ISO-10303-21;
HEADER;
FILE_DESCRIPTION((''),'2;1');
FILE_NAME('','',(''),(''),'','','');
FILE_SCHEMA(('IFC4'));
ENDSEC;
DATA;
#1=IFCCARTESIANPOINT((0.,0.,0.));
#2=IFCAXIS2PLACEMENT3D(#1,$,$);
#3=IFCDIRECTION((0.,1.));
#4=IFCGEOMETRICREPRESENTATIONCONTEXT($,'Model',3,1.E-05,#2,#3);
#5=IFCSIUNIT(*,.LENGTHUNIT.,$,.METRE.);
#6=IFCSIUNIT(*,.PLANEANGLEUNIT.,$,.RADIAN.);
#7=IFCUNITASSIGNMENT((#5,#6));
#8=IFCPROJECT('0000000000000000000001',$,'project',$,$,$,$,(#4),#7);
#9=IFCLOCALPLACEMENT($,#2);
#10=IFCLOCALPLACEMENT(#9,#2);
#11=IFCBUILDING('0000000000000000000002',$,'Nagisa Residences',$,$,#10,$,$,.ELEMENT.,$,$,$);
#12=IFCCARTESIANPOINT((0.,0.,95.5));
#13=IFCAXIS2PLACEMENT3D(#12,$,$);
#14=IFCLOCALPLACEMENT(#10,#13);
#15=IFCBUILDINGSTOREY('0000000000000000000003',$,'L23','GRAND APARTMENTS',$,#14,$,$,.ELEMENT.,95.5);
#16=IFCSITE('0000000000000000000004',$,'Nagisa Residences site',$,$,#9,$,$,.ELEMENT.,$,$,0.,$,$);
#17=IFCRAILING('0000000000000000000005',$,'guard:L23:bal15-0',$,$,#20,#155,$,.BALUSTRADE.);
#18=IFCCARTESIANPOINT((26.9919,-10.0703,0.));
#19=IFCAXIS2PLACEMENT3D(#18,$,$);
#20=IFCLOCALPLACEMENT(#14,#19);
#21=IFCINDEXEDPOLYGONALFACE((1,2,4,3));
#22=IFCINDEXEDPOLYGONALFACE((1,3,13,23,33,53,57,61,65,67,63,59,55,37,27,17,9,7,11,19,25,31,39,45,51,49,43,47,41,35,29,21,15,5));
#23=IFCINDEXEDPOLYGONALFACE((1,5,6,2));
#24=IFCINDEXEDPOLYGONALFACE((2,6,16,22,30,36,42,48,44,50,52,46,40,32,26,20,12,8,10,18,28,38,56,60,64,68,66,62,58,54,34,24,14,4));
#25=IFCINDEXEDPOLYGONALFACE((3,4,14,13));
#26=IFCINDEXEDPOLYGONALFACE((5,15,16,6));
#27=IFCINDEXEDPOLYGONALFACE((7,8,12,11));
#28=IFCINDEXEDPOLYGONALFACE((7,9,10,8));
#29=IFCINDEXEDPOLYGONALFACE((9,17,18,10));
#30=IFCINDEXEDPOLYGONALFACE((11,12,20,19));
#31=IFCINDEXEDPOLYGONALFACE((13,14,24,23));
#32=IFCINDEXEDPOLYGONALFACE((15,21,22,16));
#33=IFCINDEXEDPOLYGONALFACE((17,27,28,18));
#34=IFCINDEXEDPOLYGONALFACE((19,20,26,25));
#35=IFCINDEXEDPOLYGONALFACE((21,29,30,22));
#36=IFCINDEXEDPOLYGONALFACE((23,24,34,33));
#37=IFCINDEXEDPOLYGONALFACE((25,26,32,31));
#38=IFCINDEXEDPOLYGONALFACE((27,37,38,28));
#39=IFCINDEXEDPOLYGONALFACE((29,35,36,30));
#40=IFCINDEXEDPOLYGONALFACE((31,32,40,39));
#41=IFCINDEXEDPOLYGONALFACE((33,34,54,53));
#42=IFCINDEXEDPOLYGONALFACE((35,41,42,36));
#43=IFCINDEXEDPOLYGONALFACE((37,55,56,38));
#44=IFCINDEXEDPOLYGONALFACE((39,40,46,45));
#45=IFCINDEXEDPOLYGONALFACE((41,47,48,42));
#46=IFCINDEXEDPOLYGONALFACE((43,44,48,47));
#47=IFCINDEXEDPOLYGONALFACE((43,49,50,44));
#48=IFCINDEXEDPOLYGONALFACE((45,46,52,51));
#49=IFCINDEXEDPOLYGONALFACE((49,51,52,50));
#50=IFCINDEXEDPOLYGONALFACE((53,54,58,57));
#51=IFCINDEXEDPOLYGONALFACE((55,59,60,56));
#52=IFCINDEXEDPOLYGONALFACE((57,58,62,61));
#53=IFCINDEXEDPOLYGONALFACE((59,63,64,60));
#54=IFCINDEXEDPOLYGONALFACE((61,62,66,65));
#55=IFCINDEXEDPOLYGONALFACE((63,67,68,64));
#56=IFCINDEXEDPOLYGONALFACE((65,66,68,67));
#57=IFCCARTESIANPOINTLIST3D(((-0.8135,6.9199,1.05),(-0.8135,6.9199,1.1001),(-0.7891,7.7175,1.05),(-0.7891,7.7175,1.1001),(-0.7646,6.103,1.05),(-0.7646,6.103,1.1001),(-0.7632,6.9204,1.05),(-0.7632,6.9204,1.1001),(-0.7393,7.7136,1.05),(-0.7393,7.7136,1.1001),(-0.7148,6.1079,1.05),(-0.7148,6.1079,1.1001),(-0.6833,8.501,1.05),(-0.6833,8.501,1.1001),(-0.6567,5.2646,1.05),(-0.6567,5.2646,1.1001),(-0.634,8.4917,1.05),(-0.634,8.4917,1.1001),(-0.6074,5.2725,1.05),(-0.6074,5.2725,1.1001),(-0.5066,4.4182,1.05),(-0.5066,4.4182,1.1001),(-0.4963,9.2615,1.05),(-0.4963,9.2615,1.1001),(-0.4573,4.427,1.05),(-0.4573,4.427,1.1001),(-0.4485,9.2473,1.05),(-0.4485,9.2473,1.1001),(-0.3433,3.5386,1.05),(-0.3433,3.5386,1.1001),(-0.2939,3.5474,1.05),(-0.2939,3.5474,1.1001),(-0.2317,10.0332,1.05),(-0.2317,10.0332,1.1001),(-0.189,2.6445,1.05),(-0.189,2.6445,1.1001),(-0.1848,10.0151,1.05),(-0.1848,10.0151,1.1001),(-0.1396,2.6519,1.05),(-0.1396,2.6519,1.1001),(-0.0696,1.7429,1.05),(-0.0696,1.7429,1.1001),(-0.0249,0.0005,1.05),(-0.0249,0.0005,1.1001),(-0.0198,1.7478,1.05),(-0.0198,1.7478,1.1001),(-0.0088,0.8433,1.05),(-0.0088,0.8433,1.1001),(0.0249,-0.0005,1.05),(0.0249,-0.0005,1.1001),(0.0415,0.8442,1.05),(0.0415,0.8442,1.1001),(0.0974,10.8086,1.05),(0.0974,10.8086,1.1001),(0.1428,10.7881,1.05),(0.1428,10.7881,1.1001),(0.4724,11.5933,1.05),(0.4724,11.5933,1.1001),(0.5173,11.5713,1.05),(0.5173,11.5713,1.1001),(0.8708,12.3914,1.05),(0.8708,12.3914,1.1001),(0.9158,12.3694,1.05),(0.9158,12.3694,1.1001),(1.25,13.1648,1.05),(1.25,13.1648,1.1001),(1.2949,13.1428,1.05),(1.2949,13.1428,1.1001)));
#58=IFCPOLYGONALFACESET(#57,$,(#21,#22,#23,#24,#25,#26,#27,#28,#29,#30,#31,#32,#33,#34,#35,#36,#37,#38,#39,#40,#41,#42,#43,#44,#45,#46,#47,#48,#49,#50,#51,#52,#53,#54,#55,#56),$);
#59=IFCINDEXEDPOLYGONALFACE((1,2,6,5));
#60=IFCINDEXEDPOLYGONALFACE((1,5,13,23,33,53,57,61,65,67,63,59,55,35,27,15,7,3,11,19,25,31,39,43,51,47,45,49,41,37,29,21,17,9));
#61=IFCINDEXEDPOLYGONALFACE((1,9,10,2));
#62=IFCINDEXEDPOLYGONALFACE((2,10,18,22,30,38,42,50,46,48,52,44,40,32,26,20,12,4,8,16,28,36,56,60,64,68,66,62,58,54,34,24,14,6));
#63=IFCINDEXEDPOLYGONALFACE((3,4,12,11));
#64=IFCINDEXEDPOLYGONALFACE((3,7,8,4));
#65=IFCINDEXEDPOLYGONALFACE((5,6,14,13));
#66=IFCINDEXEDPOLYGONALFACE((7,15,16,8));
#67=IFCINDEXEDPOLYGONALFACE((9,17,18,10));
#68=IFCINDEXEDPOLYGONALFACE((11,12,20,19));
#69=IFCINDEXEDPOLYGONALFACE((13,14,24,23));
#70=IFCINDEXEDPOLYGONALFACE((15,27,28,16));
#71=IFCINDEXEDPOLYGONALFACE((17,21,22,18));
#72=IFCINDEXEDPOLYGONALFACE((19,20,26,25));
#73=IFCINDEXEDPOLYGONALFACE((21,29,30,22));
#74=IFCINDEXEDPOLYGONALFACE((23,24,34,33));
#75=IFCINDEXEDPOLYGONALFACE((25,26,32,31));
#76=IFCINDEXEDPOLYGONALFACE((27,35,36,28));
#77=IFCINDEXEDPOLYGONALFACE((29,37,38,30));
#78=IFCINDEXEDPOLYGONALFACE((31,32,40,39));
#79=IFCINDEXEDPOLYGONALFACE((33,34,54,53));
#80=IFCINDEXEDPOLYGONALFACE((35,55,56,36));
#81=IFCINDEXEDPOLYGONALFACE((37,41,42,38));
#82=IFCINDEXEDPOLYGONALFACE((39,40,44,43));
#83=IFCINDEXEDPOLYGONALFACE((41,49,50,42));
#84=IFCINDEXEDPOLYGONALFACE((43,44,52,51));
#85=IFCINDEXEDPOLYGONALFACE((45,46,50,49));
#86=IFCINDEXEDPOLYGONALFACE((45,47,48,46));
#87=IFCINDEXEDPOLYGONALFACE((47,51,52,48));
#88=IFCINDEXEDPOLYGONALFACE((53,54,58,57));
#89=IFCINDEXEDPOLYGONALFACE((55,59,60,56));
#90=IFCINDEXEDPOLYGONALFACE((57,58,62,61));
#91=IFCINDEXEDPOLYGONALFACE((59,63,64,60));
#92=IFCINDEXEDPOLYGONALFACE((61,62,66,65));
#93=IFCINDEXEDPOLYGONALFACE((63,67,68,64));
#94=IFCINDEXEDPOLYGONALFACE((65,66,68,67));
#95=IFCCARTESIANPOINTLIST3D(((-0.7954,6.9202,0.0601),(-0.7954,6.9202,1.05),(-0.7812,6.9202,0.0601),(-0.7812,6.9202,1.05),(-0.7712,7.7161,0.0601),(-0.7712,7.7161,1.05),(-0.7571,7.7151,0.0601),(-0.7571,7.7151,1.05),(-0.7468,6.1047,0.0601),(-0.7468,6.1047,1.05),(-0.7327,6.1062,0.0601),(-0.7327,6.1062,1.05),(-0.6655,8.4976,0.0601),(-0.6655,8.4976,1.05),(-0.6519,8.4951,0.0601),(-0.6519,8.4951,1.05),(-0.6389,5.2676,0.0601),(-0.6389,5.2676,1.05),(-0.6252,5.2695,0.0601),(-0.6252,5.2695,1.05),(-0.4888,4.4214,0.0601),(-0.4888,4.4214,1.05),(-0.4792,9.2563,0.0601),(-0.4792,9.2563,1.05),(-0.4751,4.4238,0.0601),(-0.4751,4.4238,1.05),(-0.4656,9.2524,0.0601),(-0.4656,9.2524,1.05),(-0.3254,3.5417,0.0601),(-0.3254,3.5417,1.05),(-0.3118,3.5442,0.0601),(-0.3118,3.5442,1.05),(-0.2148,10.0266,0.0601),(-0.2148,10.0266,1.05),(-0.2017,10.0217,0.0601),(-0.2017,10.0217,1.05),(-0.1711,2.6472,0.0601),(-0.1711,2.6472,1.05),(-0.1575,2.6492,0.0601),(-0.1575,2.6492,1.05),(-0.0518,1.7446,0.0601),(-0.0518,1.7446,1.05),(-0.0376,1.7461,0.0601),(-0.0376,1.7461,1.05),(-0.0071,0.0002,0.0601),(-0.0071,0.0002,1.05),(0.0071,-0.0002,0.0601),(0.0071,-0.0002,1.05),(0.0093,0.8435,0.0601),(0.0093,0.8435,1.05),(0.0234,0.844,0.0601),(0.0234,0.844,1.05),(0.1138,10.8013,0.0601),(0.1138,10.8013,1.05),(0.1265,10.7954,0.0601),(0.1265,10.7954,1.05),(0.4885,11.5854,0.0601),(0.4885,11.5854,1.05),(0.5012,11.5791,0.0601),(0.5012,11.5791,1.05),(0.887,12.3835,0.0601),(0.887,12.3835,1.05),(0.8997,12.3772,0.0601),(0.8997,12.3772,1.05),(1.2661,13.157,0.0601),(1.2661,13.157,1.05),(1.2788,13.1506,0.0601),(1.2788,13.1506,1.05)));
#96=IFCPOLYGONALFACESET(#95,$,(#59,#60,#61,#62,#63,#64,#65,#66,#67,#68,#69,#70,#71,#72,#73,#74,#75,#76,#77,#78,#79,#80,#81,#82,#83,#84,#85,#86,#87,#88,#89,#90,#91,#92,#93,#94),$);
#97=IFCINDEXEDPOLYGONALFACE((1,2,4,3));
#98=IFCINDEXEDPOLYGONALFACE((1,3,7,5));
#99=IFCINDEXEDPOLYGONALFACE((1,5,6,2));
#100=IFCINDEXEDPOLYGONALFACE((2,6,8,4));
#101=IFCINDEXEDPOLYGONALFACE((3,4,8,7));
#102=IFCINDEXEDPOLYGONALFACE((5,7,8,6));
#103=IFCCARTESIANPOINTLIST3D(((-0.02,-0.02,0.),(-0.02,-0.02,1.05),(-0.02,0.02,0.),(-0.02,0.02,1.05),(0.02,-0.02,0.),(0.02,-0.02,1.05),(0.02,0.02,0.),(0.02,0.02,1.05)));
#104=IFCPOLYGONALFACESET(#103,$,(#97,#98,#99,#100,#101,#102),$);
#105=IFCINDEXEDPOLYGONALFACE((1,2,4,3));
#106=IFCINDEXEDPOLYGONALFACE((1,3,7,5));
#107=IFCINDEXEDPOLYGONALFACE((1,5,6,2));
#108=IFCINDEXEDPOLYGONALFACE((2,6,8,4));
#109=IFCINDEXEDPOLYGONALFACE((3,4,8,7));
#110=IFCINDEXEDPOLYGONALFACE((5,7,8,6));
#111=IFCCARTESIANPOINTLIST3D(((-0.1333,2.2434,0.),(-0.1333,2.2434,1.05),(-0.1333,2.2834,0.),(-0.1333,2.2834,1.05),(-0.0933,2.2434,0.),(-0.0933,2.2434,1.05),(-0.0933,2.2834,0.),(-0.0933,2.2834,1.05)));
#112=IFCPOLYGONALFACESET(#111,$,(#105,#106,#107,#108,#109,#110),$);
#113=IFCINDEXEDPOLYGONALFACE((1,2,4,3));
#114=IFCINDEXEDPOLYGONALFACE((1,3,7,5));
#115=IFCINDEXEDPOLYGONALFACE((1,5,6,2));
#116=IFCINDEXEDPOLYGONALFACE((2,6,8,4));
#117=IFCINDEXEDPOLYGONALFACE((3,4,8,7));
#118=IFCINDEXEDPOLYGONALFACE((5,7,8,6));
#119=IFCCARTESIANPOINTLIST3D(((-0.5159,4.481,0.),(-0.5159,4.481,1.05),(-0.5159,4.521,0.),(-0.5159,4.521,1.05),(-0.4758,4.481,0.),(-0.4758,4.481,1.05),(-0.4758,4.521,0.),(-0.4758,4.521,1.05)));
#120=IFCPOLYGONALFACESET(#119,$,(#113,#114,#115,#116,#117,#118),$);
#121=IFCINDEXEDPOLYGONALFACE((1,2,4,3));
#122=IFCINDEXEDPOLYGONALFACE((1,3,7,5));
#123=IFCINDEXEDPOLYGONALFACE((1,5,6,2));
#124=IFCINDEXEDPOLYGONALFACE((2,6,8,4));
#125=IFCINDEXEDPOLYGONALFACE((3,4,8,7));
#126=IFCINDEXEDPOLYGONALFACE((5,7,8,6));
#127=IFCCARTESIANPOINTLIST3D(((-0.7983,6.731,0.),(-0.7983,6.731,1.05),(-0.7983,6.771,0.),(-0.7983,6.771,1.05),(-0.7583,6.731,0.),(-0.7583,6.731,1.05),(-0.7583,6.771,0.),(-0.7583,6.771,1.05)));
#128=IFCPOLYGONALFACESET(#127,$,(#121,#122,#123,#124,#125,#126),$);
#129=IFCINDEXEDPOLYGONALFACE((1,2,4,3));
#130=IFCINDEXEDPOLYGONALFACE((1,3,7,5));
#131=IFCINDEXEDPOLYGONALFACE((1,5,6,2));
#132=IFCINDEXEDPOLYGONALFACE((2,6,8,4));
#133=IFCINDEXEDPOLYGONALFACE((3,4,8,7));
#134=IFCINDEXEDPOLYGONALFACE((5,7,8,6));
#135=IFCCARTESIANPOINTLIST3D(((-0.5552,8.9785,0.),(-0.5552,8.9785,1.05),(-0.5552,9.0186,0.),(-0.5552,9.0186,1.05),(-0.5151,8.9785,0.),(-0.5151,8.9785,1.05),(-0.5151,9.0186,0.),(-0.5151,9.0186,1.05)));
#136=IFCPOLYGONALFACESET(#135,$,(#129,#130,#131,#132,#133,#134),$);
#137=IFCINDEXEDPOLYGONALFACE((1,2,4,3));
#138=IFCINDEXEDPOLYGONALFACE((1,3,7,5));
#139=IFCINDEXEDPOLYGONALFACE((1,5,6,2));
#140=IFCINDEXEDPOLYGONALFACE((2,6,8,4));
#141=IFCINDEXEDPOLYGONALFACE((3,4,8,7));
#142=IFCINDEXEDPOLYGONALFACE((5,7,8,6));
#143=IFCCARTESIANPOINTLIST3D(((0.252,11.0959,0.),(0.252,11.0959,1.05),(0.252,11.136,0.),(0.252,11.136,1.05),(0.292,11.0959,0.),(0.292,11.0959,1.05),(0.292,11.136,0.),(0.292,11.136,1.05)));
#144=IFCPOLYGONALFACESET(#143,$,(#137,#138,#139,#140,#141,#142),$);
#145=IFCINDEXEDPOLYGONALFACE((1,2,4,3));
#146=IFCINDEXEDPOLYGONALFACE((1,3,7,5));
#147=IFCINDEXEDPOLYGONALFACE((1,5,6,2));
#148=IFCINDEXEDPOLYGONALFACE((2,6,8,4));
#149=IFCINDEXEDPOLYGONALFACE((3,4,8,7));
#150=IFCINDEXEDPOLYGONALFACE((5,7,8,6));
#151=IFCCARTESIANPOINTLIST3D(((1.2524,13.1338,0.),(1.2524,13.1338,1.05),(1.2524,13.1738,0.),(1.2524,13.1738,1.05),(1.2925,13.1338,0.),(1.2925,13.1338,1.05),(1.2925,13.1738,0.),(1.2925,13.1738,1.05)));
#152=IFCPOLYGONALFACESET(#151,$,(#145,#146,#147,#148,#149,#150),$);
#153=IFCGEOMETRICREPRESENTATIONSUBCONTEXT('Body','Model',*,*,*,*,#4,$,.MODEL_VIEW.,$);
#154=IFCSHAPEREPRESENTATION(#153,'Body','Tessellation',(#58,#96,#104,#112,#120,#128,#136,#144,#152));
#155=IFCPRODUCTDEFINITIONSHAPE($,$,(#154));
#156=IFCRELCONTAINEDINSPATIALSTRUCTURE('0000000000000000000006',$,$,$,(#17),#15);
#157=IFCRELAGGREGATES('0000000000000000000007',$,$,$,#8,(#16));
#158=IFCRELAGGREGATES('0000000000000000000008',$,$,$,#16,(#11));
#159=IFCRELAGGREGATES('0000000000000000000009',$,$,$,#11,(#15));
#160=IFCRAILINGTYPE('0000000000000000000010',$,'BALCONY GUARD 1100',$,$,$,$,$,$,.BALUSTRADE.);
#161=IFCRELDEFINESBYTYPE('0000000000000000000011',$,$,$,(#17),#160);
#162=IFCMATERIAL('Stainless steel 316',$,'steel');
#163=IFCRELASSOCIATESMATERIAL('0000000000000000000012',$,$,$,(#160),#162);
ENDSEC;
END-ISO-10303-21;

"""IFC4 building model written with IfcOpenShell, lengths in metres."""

from ifc_helpers import new_model, si_unit, direction, frame, origin, origin_2d, place, context, subcontext, project, spatial, polyline, rectangle, outline, extrude, material, type_object, element, save


model = new_model("IFC4")

# Units and contexts
model_context = context("Model", 3, precision=1e-05, world=origin(), true_north=direction((0.0, 1.0)))
body_context = subcontext(model_context, "Body", "Model", "MODEL_VIEW")
ifc_project = project(units=[si_unit("LENGTHUNIT", "METRE"), si_unit("PLANEANGLEUNIT", "RADIAN")], contexts=[model_context])

# Site, building, storey
site_placement = place(None, origin())
site = spatial("IfcSite", under=ifc_project, at=site_placement, Name="Nagisa Residences site", CompositionType="ELEMENT", RefElevation=0.0)
building_placement = place(site_placement, origin())
building = spatial("IfcBuilding", under=site, at=building_placement, Name="Nagisa Residences", CompositionType="ELEMENT")
storey_placement = place(building_placement, frame((0.0, 0.0, 95.5)))
storey = spatial("IfcBuildingStorey", under=building, at=storey_placement, Name="L23", Description="GRAND APARTMENTS", CompositionType="ELEMENT", Elevation=95.5)

# Railing
ifc_material_1 = material(Name="Stainless steel 316", Category="steel")
railing_type = type_object("IfcRailingType", Name="BALCONY GUARD 1100", PredefinedType="BALUSTRADE", material=ifc_material_1)
railing_1_placement = place(storey_placement, frame((26.9919, -10.0703, 0.0)))
element("IfcRailing", 1, at=railing_1_placement, inside=storey, type_object=railing_type, Name="guard:L23:bal15-0", PredefinedType="BALUSTRADE", context=body_context, shape_type="SweptSolid", body=[
    extrude(outline(polyline([(-0.0088, 0.8433), (-0.0249, 0.0005), (0.0249, -0.0005), (0.0415, 0.8442), (-0.0198, 1.7478), (-0.1396, 2.6519), (-0.2939, 3.5474), (-0.4573, 4.427), (-0.6074, 5.2725), (-0.7148, 6.1079), (-0.7632, 6.9204), (-0.7393, 7.7136), (-0.634, 8.4917), (-0.4485, 9.2473), (-0.1848, 10.0151), (0.1428, 10.7881), (0.5173, 11.5713), (0.9158, 12.3694), (1.2949, 13.1428), (1.25, 13.1648), (0.8708, 12.3914), (0.4724, 11.5933), (0.0974, 10.8086), (-0.2317, 10.0332), (-0.4963, 9.2615), (-0.6833, 8.501), (-0.7891, 7.7175), (-0.8135, 6.9199), (-0.7646, 6.103), (-0.6567, 5.2646), (-0.5066, 4.4182), (-0.3433, 3.5386), (-0.189, 2.6445), (-0.0696, 1.7429), (-0.0088, 0.8433)])), frame((0.0, 0.0, 1.05)), (0.0, 0.0, 1.0), 0.05),
    extrude(outline(polyline([(0.0093, 0.8435), (-0.0071, 0.0002), (0.0071, -0.0002), (0.0234, 0.844), (-0.0376, 1.7461), (-0.1575, 2.6492), (-0.3118, 3.5442), (-0.4751, 4.4238), (-0.6252, 5.2695), (-0.7327, 6.1062), (-0.7812, 6.9202), (-0.7571, 7.7151), (-0.6519, 8.4951), (-0.4656, 9.2524), (-0.2017, 10.0217), (0.1265, 10.7954), (0.5012, 11.5791), (0.8997, 12.3772), (1.2788, 13.1506), (1.2661, 13.157), (0.887, 12.3835), (0.4885, 11.5854), (0.1138, 10.8013), (-0.2148, 10.0266), (-0.4792, 9.2563), (-0.6655, 8.4976), (-0.7712, 7.7161), (-0.7954, 6.9202), (-0.7468, 6.1047), (-0.6389, 5.2676), (-0.4888, 4.4214), (-0.3254, 3.5417), (-0.1711, 2.6472), (-0.0518, 1.7446), (0.0093, 0.8435)])), frame((0.0, 0.0, 0.0601)), (0.0, 0.0, 1.0), 0.99),
    extrude(rectangle(XDim=0.04, YDim=0.04, at=origin_2d()), origin(), (0.0, 0.0, 1.0), 1.05),
    extrude(rectangle(XDim=0.04, YDim=0.04, at=origin_2d()), frame((-0.1133, 2.2634, 0.0)), (0.0, 0.0, 1.0), 1.05),
    extrude(rectangle(XDim=0.04, YDim=0.04, at=origin_2d()), frame((-0.4958, 4.501, 0.0)), (0.0, 0.0, 1.0), 1.05),
    extrude(rectangle(XDim=0.04, YDim=0.04, at=origin_2d()), frame((-0.7783, 6.751, 0.0)), (0.0, 0.0, 1.0), 1.05),
    extrude(rectangle(XDim=0.04, YDim=0.04, at=origin_2d()), frame((-0.5352, 8.9985, 0.0)), (0.0, 0.0, 1.0), 1.05),
    extrude(rectangle(XDim=0.04, YDim=0.04, at=origin_2d()), frame((0.272, 11.116, 0.0)), (0.0, 0.0, 1.0), 1.05),
    extrude(rectangle(XDim=0.04, YDim=0.04, at=origin_2d()), frame((1.2725, 13.1538, 0.0)), (0.0, 0.0, 1.0), 1.05),
])

save(model, "model.ifc")
